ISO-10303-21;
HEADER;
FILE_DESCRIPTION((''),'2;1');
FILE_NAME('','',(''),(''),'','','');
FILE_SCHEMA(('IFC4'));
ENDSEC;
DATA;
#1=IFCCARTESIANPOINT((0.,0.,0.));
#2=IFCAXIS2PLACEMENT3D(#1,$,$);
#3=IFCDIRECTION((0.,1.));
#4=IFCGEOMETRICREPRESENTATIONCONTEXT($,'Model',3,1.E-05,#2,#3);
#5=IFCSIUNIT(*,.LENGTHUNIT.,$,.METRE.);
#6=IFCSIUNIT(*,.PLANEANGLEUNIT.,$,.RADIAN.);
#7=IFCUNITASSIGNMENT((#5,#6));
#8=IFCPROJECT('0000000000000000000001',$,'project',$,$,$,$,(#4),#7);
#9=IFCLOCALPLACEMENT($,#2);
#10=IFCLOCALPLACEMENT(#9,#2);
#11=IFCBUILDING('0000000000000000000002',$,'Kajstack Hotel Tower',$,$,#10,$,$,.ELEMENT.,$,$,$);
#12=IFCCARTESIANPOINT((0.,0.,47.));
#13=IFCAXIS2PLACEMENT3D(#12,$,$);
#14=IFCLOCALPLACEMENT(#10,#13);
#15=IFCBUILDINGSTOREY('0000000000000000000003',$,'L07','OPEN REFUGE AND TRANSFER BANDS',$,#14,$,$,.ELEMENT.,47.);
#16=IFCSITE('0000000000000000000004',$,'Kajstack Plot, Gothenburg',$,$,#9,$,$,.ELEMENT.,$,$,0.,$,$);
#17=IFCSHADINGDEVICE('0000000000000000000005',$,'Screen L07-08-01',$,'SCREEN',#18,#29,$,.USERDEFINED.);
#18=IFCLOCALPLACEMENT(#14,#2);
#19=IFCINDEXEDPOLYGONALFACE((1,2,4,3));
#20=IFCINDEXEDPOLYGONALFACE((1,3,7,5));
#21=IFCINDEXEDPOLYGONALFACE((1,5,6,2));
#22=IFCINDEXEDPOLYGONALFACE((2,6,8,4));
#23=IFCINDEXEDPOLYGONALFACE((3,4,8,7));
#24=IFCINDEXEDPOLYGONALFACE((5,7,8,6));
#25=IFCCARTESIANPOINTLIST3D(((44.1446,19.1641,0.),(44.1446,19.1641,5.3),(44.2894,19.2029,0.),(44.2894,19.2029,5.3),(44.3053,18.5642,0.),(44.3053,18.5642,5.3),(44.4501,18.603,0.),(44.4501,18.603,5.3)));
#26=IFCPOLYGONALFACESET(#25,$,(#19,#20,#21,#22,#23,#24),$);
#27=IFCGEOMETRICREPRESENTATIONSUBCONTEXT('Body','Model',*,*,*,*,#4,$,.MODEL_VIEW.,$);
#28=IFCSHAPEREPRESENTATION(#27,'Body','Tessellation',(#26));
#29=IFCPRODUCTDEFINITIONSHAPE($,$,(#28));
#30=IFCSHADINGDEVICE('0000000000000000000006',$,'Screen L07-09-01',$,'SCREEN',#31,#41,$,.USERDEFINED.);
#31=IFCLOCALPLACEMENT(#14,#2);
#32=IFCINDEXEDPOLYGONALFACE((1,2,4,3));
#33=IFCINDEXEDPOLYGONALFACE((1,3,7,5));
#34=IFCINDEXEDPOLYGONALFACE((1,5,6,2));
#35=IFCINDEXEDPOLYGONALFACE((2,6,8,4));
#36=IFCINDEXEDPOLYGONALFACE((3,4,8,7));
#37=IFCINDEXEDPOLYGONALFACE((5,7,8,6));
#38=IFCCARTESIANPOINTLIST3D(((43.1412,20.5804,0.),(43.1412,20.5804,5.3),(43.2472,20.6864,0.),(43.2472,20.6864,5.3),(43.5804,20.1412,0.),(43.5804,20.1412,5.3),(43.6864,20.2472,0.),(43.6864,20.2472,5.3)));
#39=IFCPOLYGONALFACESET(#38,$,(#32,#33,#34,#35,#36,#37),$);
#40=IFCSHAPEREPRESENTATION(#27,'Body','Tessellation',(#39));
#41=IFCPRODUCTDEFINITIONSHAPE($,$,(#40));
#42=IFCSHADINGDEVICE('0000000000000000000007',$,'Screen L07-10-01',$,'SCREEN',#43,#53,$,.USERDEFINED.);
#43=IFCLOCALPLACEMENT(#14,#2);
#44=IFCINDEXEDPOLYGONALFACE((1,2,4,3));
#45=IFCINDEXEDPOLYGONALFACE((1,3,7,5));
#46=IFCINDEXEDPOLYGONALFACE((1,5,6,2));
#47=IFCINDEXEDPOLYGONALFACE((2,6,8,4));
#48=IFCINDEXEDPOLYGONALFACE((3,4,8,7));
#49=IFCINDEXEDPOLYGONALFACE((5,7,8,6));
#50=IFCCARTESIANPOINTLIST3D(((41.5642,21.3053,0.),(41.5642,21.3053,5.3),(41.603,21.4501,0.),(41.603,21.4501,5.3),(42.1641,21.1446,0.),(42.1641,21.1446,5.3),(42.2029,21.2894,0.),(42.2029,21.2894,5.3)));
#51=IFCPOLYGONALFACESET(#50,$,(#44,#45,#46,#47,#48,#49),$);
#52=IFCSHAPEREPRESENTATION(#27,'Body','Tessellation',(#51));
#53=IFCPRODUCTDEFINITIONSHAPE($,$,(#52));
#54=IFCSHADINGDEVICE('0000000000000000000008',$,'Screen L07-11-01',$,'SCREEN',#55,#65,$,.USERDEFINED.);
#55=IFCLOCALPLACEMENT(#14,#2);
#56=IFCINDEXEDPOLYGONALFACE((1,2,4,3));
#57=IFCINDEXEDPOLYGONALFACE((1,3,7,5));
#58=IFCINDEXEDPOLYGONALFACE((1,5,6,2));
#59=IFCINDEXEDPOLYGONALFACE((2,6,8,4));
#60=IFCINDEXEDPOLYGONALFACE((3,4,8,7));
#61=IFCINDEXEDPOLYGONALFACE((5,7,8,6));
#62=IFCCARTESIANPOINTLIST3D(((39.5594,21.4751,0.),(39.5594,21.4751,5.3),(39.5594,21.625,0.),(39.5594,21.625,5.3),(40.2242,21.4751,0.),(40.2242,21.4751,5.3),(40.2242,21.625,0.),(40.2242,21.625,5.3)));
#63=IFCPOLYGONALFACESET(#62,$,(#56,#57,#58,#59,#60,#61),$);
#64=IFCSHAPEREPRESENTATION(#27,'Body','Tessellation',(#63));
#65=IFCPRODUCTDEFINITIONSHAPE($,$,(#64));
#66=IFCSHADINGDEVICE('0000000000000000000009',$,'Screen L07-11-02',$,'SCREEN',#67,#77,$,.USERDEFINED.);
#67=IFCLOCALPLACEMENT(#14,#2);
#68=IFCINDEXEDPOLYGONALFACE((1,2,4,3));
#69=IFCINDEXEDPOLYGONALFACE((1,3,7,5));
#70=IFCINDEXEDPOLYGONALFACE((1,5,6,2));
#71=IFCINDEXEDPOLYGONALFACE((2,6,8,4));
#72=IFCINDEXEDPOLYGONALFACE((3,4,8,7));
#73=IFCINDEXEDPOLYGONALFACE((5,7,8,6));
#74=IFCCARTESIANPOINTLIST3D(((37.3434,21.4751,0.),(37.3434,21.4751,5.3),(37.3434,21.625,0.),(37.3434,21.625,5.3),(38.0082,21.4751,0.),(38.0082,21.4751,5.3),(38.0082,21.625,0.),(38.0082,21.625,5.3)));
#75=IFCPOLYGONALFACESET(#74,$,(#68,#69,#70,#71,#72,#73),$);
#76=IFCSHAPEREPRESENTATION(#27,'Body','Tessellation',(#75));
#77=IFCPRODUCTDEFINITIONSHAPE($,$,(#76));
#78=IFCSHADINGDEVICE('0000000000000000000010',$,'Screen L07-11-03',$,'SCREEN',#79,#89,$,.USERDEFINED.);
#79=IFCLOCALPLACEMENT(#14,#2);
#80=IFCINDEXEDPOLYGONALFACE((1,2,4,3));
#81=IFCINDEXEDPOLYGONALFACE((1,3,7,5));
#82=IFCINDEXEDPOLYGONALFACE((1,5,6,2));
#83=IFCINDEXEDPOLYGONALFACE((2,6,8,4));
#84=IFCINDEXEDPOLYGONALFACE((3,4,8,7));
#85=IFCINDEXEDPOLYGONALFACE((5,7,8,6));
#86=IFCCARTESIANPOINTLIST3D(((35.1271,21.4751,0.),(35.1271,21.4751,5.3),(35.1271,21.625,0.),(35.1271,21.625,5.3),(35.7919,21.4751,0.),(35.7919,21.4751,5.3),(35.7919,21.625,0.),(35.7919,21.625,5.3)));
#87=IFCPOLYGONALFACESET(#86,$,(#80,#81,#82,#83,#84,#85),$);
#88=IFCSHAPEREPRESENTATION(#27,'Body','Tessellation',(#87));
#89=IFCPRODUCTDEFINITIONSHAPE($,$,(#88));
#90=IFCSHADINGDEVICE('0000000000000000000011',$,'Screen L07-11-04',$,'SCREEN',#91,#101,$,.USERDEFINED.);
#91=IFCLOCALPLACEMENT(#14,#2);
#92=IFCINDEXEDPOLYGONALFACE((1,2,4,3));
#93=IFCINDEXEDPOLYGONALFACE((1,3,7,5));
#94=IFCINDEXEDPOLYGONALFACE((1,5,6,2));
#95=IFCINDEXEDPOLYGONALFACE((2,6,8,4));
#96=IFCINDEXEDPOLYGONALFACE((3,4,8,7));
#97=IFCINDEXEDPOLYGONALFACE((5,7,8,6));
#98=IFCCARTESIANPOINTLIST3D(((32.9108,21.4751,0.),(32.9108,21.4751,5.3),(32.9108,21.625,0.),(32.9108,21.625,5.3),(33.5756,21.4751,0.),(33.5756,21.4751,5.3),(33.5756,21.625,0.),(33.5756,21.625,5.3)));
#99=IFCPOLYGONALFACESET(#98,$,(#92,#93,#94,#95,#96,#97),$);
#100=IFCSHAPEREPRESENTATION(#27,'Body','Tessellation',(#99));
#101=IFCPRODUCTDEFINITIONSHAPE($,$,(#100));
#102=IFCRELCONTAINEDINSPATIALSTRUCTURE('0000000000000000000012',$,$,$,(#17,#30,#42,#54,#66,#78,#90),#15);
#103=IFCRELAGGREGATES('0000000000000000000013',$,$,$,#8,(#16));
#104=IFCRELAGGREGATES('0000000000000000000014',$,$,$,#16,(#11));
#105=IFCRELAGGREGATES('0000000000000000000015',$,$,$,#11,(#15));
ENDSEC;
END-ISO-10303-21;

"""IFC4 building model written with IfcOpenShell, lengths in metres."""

from ifc_helpers import new_model, si_unit, direction, frame, origin, origin_2d, place, context, subcontext, project, spatial, rectangle, extrude, element, save


model = new_model("IFC4")

# Units and contexts
model_context = context("Model", 3, precision=1e-05, world=origin(), true_north=direction((0.0, 1.0)))
body_context = subcontext(model_context, "Body", "Model", "MODEL_VIEW")
ifc_project = project(units=[si_unit("LENGTHUNIT", "METRE"), si_unit("PLANEANGLEUNIT", "RADIAN")], contexts=[model_context])

# Site, building, storey
site_placement = place(None, origin())
site = spatial("IfcSite", under=ifc_project, at=site_placement, Name="Kajstack Plot, Gothenburg", CompositionType="ELEMENT", RefElevation=0.0)
building_placement = place(site_placement, origin())
building = spatial("IfcBuilding", under=site, at=building_placement, Name="Kajstack Hotel Tower", CompositionType="ELEMENT")
storey_placement = place(building_placement, frame((0.0, 0.0, 47.0)))
storey = spatial("IfcBuildingStorey", under=building, at=storey_placement, Name="L07", Description="OPEN REFUGE AND TRANSFER BANDS", CompositionType="ELEMENT", Elevation=47.0)

# Shading devices
for number, where, z_axis, x_axis, name in (
    (1, (44.2974, 18.8835, 0.0), (0.0, 0.0, 1.0), (-0.25882, 0.965926, 0.0), "Screen L07-08-01"),
    (2, (43.4138, 20.4138, 0.0), (0.0, 0.0, 1.0), (-0.707107, 0.707107, 0.0), "Screen L07-09-01"),
    (3, (41.8835, 21.2974, 0.0), (0.0, 0.0, 1.0), (-0.965926, 0.25882, 0.0), "Screen L07-10-01"),
):
    element("IfcShadingDevice", number, at=place(storey_placement, frame(where, z_axis=z_axis, x_axis=x_axis)), inside=storey, Name=name, ObjectType="SCREEN", PredefinedType="USERDEFINED", context=body_context, shape_type="SweptSolid", body=[
        extrude(rectangle(XDim=0.6211, YDim=0.1499, at=origin_2d()), origin(), (0.0, 0.0, 1.0), 5.3),
    ])
for number, where, z_axis, x_axis, name in (
    (4, (39.8918, 21.55, 0.0), (0.0, 0.0, 1.0), (-1.0, 0.0, 0.0), "Screen L07-11-01"),
    (5, (37.6758, 21.55, 0.0), (0.0, 0.0, 1.0), (-1.0, 0.0, 0.0), "Screen L07-11-02"),
    (6, (35.4595, 21.55, 0.0), (0.0, 0.0, 1.0), (-1.0, 0.0, 0.0), "Screen L07-11-03"),
    (7, (33.2432, 21.55, 0.0), (0.0, 0.0, 1.0), (-1.0, 0.0, 0.0), "Screen L07-11-04"),
):
    element("IfcShadingDevice", number, at=place(storey_placement, frame(where, z_axis=z_axis, x_axis=x_axis)), inside=storey, Name=name, ObjectType="SCREEN", PredefinedType="USERDEFINED", context=body_context, shape_type="SweptSolid", body=[
        extrude(rectangle(XDim=0.6648, YDim=0.1499, at=origin_2d()), origin(), (0.0, 0.0, 1.0), 5.3),
    ])

save(model, "model.ifc")
